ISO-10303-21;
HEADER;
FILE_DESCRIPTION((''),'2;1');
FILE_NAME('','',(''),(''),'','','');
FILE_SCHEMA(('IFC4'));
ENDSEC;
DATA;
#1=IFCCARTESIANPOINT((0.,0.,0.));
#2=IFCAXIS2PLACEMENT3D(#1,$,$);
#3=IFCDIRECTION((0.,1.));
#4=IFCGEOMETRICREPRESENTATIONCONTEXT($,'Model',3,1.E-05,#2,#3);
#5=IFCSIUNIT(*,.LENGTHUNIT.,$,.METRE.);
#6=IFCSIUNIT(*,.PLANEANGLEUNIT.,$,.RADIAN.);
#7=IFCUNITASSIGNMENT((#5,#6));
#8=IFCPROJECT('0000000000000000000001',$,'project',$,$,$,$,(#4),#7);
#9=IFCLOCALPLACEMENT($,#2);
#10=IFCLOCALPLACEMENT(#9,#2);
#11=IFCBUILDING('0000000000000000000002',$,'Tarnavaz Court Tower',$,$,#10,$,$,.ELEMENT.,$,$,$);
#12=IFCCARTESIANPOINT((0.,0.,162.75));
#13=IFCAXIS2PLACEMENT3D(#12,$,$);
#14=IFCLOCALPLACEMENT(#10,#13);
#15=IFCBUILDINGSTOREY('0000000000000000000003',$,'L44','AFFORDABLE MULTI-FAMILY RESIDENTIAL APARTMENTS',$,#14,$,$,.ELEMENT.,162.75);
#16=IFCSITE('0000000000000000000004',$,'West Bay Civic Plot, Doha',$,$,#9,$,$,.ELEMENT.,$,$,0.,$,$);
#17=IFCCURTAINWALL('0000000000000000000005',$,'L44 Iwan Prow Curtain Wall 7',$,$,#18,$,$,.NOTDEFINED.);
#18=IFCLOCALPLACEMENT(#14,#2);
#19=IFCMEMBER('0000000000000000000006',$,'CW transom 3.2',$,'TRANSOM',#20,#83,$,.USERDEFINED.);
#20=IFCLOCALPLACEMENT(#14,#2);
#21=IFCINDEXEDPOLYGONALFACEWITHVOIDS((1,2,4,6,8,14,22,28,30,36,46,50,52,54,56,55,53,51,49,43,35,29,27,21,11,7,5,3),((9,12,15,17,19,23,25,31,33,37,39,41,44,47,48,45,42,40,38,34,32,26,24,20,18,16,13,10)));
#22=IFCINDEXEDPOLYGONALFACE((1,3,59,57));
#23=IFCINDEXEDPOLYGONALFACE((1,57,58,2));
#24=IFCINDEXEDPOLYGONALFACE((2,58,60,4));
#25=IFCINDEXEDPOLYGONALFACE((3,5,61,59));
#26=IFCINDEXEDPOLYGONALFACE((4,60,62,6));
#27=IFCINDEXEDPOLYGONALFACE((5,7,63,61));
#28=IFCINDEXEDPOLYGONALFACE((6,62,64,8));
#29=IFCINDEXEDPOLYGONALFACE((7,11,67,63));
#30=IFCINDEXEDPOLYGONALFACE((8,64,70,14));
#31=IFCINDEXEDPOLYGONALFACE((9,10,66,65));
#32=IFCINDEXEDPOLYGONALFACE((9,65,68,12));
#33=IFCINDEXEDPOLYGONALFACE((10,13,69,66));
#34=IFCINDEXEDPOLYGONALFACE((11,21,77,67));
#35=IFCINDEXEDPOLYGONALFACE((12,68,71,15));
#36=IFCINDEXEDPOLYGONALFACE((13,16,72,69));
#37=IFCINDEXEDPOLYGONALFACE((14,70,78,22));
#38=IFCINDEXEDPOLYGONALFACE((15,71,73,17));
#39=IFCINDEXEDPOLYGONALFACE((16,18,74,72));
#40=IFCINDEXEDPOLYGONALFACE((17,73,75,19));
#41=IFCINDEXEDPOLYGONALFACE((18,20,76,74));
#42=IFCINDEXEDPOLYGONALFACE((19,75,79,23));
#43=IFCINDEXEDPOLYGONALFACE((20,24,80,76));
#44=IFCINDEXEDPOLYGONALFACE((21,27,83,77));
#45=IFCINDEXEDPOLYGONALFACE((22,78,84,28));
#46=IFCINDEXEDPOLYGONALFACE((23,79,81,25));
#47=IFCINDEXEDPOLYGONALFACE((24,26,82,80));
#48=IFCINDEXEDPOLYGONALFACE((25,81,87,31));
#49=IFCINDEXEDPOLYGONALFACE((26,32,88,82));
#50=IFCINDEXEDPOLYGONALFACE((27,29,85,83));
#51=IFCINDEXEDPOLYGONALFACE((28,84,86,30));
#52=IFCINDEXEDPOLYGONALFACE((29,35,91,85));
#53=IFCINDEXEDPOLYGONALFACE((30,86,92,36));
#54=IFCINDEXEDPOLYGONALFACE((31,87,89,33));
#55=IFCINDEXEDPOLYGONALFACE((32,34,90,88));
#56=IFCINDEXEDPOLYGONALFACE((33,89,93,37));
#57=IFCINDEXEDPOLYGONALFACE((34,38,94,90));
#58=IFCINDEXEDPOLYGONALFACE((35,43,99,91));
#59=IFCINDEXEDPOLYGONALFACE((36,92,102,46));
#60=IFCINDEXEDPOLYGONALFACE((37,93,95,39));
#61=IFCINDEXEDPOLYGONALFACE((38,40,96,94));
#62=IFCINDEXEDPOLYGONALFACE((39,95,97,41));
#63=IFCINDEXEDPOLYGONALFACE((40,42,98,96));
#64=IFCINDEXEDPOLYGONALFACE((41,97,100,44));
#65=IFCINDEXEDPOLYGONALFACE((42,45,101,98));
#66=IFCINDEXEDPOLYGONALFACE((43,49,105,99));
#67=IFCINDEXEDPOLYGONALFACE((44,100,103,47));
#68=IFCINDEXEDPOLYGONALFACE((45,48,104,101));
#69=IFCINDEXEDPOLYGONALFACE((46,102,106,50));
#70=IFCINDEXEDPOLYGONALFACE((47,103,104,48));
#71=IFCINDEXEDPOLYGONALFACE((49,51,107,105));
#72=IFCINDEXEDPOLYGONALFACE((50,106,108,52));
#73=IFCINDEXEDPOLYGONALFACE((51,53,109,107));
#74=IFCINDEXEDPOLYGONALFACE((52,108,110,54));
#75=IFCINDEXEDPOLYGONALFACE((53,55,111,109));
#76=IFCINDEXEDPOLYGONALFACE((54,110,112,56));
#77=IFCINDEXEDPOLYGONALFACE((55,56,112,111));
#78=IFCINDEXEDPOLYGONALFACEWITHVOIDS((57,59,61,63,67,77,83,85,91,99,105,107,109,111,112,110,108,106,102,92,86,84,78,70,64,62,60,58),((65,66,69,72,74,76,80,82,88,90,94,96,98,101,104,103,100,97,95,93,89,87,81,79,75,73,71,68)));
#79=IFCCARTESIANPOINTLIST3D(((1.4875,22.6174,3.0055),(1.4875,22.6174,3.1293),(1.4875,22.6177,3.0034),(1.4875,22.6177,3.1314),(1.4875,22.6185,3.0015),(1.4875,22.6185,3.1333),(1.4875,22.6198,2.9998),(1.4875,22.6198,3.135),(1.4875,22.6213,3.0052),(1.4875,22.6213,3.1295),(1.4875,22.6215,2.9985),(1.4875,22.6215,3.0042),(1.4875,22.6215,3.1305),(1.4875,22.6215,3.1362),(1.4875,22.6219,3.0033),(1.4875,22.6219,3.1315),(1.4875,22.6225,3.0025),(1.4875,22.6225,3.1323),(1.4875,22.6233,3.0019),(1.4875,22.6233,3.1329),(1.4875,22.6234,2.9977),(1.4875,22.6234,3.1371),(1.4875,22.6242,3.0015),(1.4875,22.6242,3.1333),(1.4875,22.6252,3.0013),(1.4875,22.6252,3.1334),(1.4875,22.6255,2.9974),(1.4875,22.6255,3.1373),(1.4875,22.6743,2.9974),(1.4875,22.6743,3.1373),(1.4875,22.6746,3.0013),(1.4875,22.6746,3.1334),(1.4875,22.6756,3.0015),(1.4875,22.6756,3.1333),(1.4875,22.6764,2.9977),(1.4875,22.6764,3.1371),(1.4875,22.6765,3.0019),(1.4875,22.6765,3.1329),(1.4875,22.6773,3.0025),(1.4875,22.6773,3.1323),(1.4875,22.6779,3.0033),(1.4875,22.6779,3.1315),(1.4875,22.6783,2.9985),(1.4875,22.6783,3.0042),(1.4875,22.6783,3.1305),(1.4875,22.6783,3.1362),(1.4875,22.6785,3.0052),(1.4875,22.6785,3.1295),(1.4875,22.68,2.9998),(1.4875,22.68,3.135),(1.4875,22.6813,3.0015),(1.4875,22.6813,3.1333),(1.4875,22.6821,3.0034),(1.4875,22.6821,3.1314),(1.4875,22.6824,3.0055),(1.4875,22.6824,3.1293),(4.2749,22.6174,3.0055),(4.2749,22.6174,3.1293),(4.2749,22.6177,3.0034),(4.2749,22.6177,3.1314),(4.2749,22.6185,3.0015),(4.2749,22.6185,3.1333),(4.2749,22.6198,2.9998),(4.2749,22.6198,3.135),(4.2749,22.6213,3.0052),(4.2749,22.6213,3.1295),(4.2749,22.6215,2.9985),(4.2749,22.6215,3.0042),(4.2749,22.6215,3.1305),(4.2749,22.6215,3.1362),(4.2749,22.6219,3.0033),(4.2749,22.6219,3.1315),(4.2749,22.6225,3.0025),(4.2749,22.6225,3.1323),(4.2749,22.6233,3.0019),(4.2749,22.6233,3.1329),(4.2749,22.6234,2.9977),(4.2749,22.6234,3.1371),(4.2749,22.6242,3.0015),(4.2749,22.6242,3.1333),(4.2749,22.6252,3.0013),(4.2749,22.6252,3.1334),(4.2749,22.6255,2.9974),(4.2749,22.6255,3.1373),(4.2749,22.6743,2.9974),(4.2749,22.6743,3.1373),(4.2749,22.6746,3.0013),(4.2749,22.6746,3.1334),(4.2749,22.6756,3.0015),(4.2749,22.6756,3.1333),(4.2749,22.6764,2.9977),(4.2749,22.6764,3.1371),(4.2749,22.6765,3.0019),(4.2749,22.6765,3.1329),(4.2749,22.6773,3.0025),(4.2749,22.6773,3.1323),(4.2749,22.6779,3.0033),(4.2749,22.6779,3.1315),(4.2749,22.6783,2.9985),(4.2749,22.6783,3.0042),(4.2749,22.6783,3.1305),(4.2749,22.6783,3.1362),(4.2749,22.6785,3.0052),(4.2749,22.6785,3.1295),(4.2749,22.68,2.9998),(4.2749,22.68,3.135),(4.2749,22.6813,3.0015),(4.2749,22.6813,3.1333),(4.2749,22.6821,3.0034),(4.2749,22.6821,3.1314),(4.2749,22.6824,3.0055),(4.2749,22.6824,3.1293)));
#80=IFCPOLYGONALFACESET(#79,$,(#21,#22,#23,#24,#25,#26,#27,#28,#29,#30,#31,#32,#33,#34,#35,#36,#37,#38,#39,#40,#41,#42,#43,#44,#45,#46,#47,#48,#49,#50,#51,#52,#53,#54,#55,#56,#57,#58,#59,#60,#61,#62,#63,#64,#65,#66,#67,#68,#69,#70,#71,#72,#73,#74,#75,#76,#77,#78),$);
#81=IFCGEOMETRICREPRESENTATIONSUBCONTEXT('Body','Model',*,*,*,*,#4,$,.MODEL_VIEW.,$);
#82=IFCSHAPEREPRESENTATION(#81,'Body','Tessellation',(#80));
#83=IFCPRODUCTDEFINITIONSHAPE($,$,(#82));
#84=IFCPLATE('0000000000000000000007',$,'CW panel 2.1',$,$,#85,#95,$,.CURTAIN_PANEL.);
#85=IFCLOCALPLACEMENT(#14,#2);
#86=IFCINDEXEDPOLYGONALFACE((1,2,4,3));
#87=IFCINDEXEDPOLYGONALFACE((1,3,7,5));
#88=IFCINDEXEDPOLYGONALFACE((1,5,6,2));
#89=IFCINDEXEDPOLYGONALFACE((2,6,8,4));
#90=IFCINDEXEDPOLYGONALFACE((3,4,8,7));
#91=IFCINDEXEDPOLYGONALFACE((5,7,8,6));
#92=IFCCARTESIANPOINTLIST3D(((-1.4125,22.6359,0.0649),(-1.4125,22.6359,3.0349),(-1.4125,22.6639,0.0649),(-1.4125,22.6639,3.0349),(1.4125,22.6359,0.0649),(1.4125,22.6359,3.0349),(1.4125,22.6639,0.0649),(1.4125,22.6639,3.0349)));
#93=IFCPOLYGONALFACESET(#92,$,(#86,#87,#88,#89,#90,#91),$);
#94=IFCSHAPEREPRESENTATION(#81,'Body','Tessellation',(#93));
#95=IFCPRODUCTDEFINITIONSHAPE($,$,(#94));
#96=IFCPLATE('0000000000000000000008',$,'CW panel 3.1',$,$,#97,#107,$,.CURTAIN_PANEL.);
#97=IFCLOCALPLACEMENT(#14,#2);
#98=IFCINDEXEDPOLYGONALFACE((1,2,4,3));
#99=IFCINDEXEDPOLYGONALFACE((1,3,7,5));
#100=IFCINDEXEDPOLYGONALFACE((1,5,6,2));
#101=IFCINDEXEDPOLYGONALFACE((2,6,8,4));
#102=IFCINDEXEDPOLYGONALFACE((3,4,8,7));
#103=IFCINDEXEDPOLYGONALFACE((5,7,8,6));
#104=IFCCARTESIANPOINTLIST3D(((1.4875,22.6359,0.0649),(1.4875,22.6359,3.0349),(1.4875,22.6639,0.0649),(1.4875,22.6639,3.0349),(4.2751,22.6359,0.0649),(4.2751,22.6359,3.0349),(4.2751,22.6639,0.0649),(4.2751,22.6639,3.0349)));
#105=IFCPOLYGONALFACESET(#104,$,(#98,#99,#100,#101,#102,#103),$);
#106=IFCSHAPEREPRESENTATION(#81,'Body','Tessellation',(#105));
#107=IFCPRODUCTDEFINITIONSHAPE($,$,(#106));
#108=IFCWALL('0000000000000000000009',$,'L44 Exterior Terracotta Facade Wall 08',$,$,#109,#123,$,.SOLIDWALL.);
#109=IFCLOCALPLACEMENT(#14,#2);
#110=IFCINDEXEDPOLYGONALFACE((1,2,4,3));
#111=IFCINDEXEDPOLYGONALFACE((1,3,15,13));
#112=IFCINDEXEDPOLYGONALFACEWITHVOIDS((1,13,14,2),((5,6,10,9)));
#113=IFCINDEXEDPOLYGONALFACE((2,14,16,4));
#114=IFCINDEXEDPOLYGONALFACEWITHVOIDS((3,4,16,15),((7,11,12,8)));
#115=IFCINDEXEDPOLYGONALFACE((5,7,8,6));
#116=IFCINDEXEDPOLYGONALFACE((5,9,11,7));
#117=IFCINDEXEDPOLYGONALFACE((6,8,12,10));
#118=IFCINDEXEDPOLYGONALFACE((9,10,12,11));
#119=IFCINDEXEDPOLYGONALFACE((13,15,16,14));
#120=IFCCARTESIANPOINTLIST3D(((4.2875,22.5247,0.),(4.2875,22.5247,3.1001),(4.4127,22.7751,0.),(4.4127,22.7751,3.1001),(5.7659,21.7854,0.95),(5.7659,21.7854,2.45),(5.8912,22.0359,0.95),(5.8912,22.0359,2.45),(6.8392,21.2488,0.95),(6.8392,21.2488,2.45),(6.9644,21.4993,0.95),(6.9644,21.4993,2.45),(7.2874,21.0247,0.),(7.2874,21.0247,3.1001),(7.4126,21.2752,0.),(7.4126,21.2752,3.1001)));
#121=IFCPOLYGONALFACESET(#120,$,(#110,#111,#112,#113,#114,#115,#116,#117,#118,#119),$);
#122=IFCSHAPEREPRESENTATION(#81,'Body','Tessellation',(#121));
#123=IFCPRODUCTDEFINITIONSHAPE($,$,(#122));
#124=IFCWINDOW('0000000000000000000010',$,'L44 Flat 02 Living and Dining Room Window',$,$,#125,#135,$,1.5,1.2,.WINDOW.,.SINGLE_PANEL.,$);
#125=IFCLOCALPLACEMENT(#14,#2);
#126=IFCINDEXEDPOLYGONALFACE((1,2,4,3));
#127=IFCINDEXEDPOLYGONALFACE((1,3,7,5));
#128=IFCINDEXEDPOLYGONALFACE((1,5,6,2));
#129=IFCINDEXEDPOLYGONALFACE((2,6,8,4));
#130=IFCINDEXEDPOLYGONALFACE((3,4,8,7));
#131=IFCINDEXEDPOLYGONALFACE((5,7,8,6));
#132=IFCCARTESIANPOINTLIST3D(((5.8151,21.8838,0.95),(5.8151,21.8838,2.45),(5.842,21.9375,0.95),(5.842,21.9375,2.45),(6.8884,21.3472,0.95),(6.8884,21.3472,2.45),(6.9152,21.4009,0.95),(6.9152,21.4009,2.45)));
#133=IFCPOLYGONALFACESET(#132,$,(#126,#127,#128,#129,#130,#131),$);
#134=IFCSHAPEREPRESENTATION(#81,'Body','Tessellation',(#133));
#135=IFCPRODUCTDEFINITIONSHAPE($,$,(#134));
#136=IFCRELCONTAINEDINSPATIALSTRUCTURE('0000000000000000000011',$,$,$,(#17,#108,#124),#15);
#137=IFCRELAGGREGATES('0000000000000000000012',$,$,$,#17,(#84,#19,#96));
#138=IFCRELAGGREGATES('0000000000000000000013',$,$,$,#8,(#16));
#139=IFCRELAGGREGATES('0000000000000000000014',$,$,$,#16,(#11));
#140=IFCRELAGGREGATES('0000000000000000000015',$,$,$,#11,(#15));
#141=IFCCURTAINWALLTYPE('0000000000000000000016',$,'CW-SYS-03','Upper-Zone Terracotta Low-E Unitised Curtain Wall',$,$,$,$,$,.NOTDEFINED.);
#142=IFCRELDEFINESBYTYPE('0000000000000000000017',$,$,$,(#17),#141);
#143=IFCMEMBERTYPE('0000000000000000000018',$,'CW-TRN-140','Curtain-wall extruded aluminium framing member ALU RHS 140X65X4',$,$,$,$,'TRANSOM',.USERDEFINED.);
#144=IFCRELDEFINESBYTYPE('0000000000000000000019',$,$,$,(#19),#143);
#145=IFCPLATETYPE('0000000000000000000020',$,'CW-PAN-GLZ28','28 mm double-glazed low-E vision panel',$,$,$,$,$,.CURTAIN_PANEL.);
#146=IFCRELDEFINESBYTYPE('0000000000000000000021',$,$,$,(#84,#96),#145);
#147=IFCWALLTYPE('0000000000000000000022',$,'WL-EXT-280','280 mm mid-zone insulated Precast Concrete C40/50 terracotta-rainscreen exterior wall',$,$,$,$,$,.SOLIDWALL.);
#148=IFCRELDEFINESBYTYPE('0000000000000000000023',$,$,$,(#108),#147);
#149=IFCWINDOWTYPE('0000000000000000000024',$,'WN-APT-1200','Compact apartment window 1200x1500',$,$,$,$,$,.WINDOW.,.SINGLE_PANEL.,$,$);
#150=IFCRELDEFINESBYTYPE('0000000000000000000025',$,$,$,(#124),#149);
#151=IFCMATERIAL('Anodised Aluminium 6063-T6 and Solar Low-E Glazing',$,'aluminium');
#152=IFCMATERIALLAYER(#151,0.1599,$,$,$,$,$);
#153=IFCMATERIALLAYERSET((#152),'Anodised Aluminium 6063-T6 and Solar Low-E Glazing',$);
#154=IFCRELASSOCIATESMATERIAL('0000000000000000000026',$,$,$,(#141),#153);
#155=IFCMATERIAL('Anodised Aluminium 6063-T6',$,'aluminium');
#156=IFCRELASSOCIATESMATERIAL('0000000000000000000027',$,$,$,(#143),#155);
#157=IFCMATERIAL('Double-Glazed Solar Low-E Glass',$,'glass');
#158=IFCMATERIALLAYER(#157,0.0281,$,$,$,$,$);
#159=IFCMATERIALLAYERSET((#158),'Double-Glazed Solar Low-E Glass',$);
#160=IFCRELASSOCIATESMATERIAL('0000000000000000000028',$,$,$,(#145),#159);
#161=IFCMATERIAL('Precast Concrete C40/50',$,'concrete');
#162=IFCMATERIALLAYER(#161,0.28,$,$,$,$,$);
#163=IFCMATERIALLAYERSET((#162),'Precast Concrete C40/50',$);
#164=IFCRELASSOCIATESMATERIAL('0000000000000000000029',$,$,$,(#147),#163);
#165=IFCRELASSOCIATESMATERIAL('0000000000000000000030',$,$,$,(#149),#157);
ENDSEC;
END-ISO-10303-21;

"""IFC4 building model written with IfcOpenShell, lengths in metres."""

from ifc_helpers import new_model, si_unit, direction, frame, frame_2d, origin, origin_2d, place, context, subcontext, project, spatial, rectangle, hollow_rectangle, extrude, material, layer, layer_set, material_profile, profile_set, type_object, element, fill, aggregate, save


model = new_model("IFC4")

# Units and contexts
model_context = context("Model", 3, precision=1e-05, world=origin(), true_north=direction((0.0, 1.0)))
body_context = subcontext(model_context, "Body", "Model", "MODEL_VIEW")
ifc_project = project(units=[si_unit("LENGTHUNIT", "METRE"), si_unit("PLANEANGLEUNIT", "RADIAN")], contexts=[model_context])

# Site, building, storey
site_placement = place(None, origin())
site = spatial("IfcSite", under=ifc_project, at=site_placement, Name="West Bay Civic Plot, Doha", CompositionType="ELEMENT", RefElevation=0.0)
building_placement = place(site_placement, origin())
building = spatial("IfcBuilding", under=site, at=building_placement, Name="Tarnavaz Court Tower", CompositionType="ELEMENT")
storey_placement = place(building_placement, frame((0.0, 0.0, 162.75)))
storey = spatial("IfcBuildingStorey", under=building, at=storey_placement, Name="L44", Description="AFFORDABLE MULTI-FAMILY RESIDENTIAL APARTMENTS", CompositionType="ELEMENT", Elevation=162.75)

# Curtain wall, member, plates
ifc_material_1 = material(Name="Anodised Aluminium 6063-T6 and Solar Low-E Glazing", Category="aluminium")
ifc_layer_1 = layer(ifc_material_1, 0.1599)
ifc_layer_set_1 = layer_set([ifc_layer_1], Name="Anodised Aluminium 6063-T6 and Solar Low-E Glazing")
curtain_wall_type = type_object("IfcCurtainWallType", Name="CW-SYS-03", Description="Upper-Zone Terracotta Low-E Unitised Curtain Wall", PredefinedType="NOTDEFINED", material=ifc_layer_set_1)
curtain_wall_placement = place(storey_placement, origin())
curtain_wall = element("IfcCurtainWall", 1, at=curtain_wall_placement, inside=storey, type_object=curtain_wall_type, Name="L44 Iwan Prow Curtain Wall 7", PredefinedType="NOTDEFINED")
ifc_material_2 = material(Name="Anodised Aluminium 6063-T6", Category="aluminium")
ifc_material_profile_1 = material_profile(ifc_material_2, hollow_rectangle(XDim=0.0649, YDim=0.1399, WallThickness=0.0039, InnerFilletRadius=0.0039, OuterFilletRadius=0.0081, at=origin_2d()), Name="ALU RHS 140X65X4")
ifc_profile_set_1 = profile_set([ifc_material_profile_1], Name="Anodised Aluminium 6063-T6")
member_type_1 = type_object("IfcMemberType", Name="CW-TRN-140", Description="Curtain-wall extruded aluminium framing member ALU RHS 140X65X4", ElementType="TRANSOM", PredefinedType="USERDEFINED", material=ifc_profile_set_1)
member_1_placement = place(storey_placement, frame((1.4875, 22.6499, 3.0674), z_axis=(1.0, 0.0, 0.0), x_axis=(0.0, 1.0, 0.0)))
member_1 = element("IfcMember", 2, at=member_1_placement, type_object=member_type_1, Name="CW transom 3.2", ObjectType="TRANSOM", PredefinedType="USERDEFINED", context=body_context, shape_type="SweptSolid", body=[
    extrude(hollow_rectangle(XDim=0.0649, YDim=0.1399, WallThickness=0.0039, InnerFilletRadius=0.0039, OuterFilletRadius=0.0081, at=origin_2d()), origin(), (0.0, 0.0, 1.0), 2.7874),
])
ifc_material_3 = material(Name="Double-Glazed Solar Low-E Glass", Category="glass")
ifc_layer_2 = layer(ifc_material_3, 0.0281)
ifc_layer_set_2 = layer_set([ifc_layer_2], Name="Double-Glazed Solar Low-E Glass")
plate_type = type_object("IfcPlateType", Name="CW-PAN-GLZ28", Description="28 mm double-glazed low-E vision panel", PredefinedType="CURTAIN_PANEL", material=ifc_layer_set_2)
plate_1_placement = place(storey_placement, frame((0.0, 22.6499, 0.0649), z_axis=(0.0, 0.0, 1.0), x_axis=(1.0, 0.0, 0.0)))
plate_1 = element("IfcPlate", 3, at=plate_1_placement, type_object=plate_type, Name="CW panel 2.1", PredefinedType="CURTAIN_PANEL", context=body_context, shape_type="SweptSolid", body=[
    extrude(rectangle(XDim=2.825, YDim=0.0281, at=origin_2d()), origin(), (0.0, 0.0, 1.0), 2.97),
])
plate_2_placement = place(storey_placement, frame((2.8813, 22.6499, 0.0649), z_axis=(0.0, 0.0, 1.0), x_axis=(1.0, 0.0, 0.0)))
plate_2 = element("IfcPlate", 4, at=plate_2_placement, type_object=plate_type, Name="CW panel 3.1", PredefinedType="CURTAIN_PANEL", context=body_context, shape_type="SweptSolid", body=[
    extrude(rectangle(XDim=2.7876, YDim=0.0281, at=origin_2d()), origin(), (0.0, 0.0, 1.0), 2.97),
])
aggregate(curtain_wall, [plate_1, member_1, plate_2])

# Wall, opening, window
ifc_material_4 = material(Name="Precast Concrete C40/50", Category="concrete")
ifc_layer_3 = layer(ifc_material_4, 0.28)
ifc_layer_set_3 = layer_set([ifc_layer_3], Name="Precast Concrete C40/50")
wall_type_1 = type_object("IfcWallType", Name="WL-EXT-280", Description="280 mm mid-zone insulated Precast Concrete C40/50 terracotta-rainscreen exterior wall", PredefinedType="SOLIDWALL", material=ifc_layer_set_3)
wall_1_placement = place(storey_placement, frame((4.3501, 22.6499, 0.0), z_axis=(0.0, 0.0, 1.0), x_axis=(0.894427, -0.447214, 0.0)))
wall_1 = element("IfcWall", 5, at=wall_1_placement, inside=storey, type_object=wall_type_1, Name="L44 Exterior Terracotta Facade Wall 08", PredefinedType="SOLIDWALL", context=body_context, shape_type="SweptSolid", body=[
    extrude(rectangle(XDim=3.354, YDim=0.28, at=frame_2d((1.677, 0.0))), origin(), (0.0, 0.0, 1.0), 3.1001),
])
opening_1_placement = place(wall_1_placement, frame((1.6528, 0.0, 0.95)))
opening_1 = element("IfcOpeningElement", 6, at=opening_1_placement, cuts=wall_1, PredefinedType="OPENING", context=body_context, shape_type="SweptSolid", body=[
    extrude(rectangle(XDim=1.2, YDim=1.5, at=frame_2d((0.6001, 0.75))), frame((0.0, 0.1499, 0.0), z_axis=(0.0, -1.0, 0.0), x_axis=(1.0, 0.0, 0.0)), (0.0, 0.0, 1.0), 0.3),
])
window_type_1 = type_object("IfcWindowType", Name="WN-APT-1200", Description="Compact apartment window 1200x1500", PartitioningType="SINGLE_PANEL", PredefinedType="WINDOW", material=ifc_material_3)
window_1_placement = place(opening_1_placement, origin())
window_1 = element("IfcWindow", 7, at=window_1_placement, inside=storey, type_object=window_type_1, Name="L44 Flat 02 Living and Dining Room Window", OverallHeight=1.5, OverallWidth=1.2, PartitioningType="SINGLE_PANEL", PredefinedType="WINDOW", context=body_context, shape_type="SweptSolid", body=[
    extrude(rectangle(XDim=1.2, YDim=1.5, at=frame_2d((0.6001, 0.75))), frame((0.0, 0.03, 0.0), z_axis=(0.0, -1.0, 0.0), x_axis=(1.0, 0.0, 0.0)), (0.0, 0.0, 1.0), 0.0601),
])
fill(opening_1, window_1)

save(model, "model.ifc")
